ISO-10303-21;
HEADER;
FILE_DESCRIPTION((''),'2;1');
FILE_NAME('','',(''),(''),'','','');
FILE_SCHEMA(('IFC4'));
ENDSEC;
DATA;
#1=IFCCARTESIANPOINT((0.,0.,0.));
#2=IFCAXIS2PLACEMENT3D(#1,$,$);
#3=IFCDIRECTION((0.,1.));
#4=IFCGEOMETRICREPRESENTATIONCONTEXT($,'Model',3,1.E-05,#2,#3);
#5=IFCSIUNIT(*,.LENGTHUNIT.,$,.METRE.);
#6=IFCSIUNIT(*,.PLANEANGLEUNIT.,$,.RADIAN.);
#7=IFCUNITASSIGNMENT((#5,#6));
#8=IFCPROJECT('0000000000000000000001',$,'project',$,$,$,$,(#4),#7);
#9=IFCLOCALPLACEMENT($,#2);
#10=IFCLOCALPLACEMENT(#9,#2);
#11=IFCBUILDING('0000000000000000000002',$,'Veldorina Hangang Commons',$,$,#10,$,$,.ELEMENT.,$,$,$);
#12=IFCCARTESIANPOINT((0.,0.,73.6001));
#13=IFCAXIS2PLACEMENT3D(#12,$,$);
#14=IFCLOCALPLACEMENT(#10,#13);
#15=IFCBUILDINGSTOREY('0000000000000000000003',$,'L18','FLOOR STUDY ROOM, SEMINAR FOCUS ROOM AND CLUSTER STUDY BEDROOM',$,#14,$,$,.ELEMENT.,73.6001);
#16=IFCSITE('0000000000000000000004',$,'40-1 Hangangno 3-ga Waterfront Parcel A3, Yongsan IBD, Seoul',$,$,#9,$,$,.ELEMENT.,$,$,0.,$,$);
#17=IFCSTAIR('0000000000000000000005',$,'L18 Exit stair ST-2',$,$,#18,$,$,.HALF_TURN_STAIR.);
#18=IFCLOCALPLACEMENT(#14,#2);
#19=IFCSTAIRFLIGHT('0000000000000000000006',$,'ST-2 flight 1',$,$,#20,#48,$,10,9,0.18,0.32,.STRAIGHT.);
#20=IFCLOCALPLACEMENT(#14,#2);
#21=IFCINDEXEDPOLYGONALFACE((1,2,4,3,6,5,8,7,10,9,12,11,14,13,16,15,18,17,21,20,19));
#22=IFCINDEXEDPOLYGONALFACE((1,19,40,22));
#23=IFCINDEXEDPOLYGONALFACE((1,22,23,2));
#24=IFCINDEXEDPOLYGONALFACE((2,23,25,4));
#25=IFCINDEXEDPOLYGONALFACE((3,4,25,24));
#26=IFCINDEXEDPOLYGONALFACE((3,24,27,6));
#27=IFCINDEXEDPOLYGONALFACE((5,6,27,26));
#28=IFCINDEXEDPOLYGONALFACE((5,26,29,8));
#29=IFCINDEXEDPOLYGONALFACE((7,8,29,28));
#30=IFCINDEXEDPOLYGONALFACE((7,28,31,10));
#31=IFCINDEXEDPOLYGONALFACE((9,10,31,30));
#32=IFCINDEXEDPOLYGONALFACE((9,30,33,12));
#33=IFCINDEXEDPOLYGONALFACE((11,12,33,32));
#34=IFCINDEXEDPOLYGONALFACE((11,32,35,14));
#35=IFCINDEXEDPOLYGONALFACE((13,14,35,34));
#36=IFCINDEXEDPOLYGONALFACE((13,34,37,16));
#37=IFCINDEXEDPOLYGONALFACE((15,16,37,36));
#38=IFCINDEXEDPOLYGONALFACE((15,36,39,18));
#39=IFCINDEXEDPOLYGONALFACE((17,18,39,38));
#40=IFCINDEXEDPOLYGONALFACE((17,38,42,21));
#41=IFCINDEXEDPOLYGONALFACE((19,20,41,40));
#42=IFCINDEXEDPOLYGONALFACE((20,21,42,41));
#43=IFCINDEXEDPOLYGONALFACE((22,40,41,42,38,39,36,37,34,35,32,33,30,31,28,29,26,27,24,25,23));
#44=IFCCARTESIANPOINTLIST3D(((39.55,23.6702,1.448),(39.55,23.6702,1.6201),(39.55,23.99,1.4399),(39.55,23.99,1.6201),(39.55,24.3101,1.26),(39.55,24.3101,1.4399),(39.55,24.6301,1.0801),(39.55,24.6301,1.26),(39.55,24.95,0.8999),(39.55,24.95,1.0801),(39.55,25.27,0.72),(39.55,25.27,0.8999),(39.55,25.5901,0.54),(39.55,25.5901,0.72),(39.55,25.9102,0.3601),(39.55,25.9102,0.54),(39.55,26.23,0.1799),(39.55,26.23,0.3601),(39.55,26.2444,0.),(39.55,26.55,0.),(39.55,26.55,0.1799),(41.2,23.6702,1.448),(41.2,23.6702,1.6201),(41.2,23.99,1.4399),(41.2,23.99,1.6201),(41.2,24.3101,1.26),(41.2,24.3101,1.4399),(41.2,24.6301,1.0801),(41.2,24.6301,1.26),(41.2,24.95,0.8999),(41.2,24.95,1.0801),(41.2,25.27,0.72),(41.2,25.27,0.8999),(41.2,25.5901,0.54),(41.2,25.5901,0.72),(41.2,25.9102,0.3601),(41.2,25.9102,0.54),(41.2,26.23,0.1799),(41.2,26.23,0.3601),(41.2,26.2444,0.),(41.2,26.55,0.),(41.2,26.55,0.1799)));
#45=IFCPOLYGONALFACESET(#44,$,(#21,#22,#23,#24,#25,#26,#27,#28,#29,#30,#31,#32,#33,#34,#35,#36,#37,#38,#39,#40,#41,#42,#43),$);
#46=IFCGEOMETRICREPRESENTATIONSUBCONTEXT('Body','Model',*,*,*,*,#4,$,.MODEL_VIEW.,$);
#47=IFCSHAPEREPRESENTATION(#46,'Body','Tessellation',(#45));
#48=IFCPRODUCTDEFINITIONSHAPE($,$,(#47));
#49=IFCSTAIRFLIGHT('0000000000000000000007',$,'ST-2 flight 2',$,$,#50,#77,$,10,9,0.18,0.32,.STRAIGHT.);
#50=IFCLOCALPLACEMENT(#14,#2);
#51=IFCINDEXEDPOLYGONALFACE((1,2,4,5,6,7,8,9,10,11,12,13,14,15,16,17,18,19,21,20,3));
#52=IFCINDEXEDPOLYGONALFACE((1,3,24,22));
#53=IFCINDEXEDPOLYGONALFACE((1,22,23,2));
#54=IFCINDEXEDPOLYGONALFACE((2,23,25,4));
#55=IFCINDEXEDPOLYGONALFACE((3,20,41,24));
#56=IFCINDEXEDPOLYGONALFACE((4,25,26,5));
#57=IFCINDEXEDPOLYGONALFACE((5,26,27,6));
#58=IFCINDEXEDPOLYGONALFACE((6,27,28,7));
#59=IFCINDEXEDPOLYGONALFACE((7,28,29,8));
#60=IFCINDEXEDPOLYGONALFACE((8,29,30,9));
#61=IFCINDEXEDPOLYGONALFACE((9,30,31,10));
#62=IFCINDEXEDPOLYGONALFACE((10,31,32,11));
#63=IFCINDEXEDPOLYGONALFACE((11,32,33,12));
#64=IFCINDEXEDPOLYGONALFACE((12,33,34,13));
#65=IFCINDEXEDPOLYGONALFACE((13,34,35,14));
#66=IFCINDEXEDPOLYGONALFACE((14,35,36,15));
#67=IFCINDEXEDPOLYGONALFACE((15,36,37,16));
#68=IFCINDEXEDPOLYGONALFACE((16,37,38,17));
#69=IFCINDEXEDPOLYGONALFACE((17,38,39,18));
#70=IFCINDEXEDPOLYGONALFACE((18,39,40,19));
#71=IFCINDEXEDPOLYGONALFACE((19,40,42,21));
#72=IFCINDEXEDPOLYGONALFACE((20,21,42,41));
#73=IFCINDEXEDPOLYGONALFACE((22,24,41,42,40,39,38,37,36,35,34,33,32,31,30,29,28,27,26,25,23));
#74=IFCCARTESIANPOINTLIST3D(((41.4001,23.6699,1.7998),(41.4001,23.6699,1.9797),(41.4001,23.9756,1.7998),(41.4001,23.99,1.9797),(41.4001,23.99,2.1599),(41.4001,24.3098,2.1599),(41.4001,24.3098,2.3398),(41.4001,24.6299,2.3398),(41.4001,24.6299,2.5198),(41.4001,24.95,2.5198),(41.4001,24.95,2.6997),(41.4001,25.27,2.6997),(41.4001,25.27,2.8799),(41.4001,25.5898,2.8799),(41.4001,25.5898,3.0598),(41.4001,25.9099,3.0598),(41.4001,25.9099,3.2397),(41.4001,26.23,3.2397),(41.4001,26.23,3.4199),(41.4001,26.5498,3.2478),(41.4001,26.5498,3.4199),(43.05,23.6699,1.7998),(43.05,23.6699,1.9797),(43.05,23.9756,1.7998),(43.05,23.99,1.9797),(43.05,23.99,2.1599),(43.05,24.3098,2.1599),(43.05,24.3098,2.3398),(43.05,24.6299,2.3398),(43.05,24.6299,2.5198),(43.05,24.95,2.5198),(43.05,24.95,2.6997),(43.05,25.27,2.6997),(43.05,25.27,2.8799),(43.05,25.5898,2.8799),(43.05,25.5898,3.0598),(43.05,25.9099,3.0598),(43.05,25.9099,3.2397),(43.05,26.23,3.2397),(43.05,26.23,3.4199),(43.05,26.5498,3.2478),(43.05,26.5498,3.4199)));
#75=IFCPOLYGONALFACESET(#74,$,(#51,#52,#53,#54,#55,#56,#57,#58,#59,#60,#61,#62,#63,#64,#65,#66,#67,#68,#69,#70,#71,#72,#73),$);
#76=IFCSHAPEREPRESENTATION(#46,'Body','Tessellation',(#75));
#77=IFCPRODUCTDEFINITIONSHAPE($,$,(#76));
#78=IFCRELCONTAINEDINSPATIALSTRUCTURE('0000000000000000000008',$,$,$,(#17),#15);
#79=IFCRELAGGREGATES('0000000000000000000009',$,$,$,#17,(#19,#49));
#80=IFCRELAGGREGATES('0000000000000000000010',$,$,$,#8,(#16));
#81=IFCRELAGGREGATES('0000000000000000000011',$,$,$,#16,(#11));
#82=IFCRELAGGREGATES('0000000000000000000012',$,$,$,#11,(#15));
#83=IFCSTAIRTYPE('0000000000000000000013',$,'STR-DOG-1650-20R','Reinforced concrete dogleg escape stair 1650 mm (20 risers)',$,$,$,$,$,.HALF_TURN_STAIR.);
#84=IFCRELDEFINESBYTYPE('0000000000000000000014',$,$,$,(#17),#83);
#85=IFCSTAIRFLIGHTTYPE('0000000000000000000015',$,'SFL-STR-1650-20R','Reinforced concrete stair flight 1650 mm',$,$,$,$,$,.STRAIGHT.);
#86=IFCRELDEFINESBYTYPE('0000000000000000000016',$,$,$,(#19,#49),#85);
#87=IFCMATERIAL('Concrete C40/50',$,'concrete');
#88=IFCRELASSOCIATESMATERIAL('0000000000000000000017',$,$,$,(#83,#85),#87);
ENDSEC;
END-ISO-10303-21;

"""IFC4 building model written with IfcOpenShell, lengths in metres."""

from ifc_helpers import new_model, si_unit, direction, frame, origin, place, context, subcontext, project, spatial, polyline, outline, extrude, material, type_object, element, aggregate, save


model = new_model("IFC4")

# Units and contexts
model_context = context("Model", 3, precision=1e-05, world=origin(), true_north=direction((0.0, 1.0)))
body_context = subcontext(model_context, "Body", "Model", "MODEL_VIEW")
ifc_project = project(units=[si_unit("LENGTHUNIT", "METRE"), si_unit("PLANEANGLEUNIT", "RADIAN")], contexts=[model_context])

# Site, building, storey
site_placement = place(None, origin())
site = spatial("IfcSite", under=ifc_project, at=site_placement, Name="40-1 Hangangno 3-ga Waterfront Parcel A3, Yongsan IBD, Seoul", CompositionType="ELEMENT", RefElevation=0.0)
building_placement = place(site_placement, origin())
building = spatial("IfcBuilding", under=site, at=building_placement, Name="Veldorina Hangang Commons", CompositionType="ELEMENT")
storey_placement = place(building_placement, frame((0.0, 0.0, 73.6001)))
storey = spatial("IfcBuildingStorey", under=building, at=storey_placement, Name="L18", Description="FLOOR STUDY ROOM, SEMINAR FOCUS ROOM AND CLUSTER STUDY BEDROOM", CompositionType="ELEMENT", Elevation=73.6001)

# Stair, stair flights
ifc_material_1 = material(Name="Concrete C40/50", Category="concrete")
stair_type = type_object("IfcStairType", Name="STR-DOG-1650-20R", Description="Reinforced concrete dogleg escape stair 1650 mm (20 risers)", PredefinedType="HALF_TURN_STAIR", material=ifc_material_1)
stair_placement = place(storey_placement, origin())
stair = element("IfcStair", 1, at=stair_placement, inside=storey, type_object=stair_type, Name="L18 Exit stair ST-2", PredefinedType="HALF_TURN_STAIR")
stair_flight_type = type_object("IfcStairFlightType", Name="SFL-STR-1650-20R", Description="Reinforced concrete stair flight 1650 mm", PredefinedType="STRAIGHT", material=ifc_material_1)
stair_flight_1_placement = place(storey_placement, frame((40.375, 26.55, 0.0), z_axis=(0.0, 0.0, 1.0), x_axis=(0.0, -1.0, 0.0)))
stair_flight_1 = element("IfcStairFlight", 2, at=stair_flight_1_placement, type_object=stair_flight_type, Name="ST-2 flight 1", NumberOfRisers=10, NumberOfTreads=9, PredefinedType="STRAIGHT", RiserHeight=0.18, TreadLength=0.32, context=body_context, shape_type="SweptSolid", body=[
    extrude(outline(polyline([(0.0, 0.0), (0.0, 0.1799), (0.3201, 0.1799), (0.3201, 0.3601), (0.6399, 0.3601), (0.6399, 0.54), (0.96, 0.54), (0.96, 0.72), (1.28, 0.72), (1.28, 0.8999), (1.6001, 0.8999), (1.6001, 1.0801), (1.9199, 1.0801), (1.9199, 1.26), (2.24, 1.26), (2.24, 1.4399), (2.5601, 1.4399), (2.5601, 1.6201), (2.8799, 1.6201), (2.8799, 1.8), (2.8799, 1.448), (0.3057, 0.0), (0.0, 0.0)])), frame((0.0, 0.825, 0.0), z_axis=(0.0, -1.0, 0.0), x_axis=(1.0, 0.0, 0.0)), (0.0, 0.0, 1.0), 1.6499),
])
stair_flight_2_placement = place(storey_placement, frame((42.2251, 23.6699, 1.7998), z_axis=(0.0, 0.0, 1.0), x_axis=(0.0, 1.0, 0.0)))
stair_flight_2 = element("IfcStairFlight", 3, at=stair_flight_2_placement, type_object=stair_flight_type, Name="ST-2 flight 2", NumberOfRisers=10, NumberOfTreads=9, PredefinedType="STRAIGHT", RiserHeight=0.18, TreadLength=0.32, context=body_context, shape_type="SweptSolid", body=[
    extrude(outline(polyline([(0.0, 0.0), (0.0, 0.1799), (0.3201, 0.1799), (0.3201, 0.3601), (0.6399, 0.3601), (0.6399, 0.54), (0.96, 0.54), (0.96, 0.72), (1.28, 0.72), (1.28, 0.8999), (1.6001, 0.8999), (1.6001, 1.0801), (1.9199, 1.0801), (1.9199, 1.26), (2.24, 1.26), (2.24, 1.4399), (2.5601, 1.4399), (2.5601, 1.6201), (2.8799, 1.6201), (2.8799, 1.8), (2.8799, 1.448), (0.3057, 0.0), (0.0, 0.0)])), frame((0.0, 0.825, 0.0), z_axis=(0.0, -1.0, 0.0), x_axis=(1.0, 0.0, 0.0)), (0.0, 0.0, 1.0), 1.6499),
])
aggregate(stair, [stair_flight_1, stair_flight_2])

save(model, "model.ifc")
